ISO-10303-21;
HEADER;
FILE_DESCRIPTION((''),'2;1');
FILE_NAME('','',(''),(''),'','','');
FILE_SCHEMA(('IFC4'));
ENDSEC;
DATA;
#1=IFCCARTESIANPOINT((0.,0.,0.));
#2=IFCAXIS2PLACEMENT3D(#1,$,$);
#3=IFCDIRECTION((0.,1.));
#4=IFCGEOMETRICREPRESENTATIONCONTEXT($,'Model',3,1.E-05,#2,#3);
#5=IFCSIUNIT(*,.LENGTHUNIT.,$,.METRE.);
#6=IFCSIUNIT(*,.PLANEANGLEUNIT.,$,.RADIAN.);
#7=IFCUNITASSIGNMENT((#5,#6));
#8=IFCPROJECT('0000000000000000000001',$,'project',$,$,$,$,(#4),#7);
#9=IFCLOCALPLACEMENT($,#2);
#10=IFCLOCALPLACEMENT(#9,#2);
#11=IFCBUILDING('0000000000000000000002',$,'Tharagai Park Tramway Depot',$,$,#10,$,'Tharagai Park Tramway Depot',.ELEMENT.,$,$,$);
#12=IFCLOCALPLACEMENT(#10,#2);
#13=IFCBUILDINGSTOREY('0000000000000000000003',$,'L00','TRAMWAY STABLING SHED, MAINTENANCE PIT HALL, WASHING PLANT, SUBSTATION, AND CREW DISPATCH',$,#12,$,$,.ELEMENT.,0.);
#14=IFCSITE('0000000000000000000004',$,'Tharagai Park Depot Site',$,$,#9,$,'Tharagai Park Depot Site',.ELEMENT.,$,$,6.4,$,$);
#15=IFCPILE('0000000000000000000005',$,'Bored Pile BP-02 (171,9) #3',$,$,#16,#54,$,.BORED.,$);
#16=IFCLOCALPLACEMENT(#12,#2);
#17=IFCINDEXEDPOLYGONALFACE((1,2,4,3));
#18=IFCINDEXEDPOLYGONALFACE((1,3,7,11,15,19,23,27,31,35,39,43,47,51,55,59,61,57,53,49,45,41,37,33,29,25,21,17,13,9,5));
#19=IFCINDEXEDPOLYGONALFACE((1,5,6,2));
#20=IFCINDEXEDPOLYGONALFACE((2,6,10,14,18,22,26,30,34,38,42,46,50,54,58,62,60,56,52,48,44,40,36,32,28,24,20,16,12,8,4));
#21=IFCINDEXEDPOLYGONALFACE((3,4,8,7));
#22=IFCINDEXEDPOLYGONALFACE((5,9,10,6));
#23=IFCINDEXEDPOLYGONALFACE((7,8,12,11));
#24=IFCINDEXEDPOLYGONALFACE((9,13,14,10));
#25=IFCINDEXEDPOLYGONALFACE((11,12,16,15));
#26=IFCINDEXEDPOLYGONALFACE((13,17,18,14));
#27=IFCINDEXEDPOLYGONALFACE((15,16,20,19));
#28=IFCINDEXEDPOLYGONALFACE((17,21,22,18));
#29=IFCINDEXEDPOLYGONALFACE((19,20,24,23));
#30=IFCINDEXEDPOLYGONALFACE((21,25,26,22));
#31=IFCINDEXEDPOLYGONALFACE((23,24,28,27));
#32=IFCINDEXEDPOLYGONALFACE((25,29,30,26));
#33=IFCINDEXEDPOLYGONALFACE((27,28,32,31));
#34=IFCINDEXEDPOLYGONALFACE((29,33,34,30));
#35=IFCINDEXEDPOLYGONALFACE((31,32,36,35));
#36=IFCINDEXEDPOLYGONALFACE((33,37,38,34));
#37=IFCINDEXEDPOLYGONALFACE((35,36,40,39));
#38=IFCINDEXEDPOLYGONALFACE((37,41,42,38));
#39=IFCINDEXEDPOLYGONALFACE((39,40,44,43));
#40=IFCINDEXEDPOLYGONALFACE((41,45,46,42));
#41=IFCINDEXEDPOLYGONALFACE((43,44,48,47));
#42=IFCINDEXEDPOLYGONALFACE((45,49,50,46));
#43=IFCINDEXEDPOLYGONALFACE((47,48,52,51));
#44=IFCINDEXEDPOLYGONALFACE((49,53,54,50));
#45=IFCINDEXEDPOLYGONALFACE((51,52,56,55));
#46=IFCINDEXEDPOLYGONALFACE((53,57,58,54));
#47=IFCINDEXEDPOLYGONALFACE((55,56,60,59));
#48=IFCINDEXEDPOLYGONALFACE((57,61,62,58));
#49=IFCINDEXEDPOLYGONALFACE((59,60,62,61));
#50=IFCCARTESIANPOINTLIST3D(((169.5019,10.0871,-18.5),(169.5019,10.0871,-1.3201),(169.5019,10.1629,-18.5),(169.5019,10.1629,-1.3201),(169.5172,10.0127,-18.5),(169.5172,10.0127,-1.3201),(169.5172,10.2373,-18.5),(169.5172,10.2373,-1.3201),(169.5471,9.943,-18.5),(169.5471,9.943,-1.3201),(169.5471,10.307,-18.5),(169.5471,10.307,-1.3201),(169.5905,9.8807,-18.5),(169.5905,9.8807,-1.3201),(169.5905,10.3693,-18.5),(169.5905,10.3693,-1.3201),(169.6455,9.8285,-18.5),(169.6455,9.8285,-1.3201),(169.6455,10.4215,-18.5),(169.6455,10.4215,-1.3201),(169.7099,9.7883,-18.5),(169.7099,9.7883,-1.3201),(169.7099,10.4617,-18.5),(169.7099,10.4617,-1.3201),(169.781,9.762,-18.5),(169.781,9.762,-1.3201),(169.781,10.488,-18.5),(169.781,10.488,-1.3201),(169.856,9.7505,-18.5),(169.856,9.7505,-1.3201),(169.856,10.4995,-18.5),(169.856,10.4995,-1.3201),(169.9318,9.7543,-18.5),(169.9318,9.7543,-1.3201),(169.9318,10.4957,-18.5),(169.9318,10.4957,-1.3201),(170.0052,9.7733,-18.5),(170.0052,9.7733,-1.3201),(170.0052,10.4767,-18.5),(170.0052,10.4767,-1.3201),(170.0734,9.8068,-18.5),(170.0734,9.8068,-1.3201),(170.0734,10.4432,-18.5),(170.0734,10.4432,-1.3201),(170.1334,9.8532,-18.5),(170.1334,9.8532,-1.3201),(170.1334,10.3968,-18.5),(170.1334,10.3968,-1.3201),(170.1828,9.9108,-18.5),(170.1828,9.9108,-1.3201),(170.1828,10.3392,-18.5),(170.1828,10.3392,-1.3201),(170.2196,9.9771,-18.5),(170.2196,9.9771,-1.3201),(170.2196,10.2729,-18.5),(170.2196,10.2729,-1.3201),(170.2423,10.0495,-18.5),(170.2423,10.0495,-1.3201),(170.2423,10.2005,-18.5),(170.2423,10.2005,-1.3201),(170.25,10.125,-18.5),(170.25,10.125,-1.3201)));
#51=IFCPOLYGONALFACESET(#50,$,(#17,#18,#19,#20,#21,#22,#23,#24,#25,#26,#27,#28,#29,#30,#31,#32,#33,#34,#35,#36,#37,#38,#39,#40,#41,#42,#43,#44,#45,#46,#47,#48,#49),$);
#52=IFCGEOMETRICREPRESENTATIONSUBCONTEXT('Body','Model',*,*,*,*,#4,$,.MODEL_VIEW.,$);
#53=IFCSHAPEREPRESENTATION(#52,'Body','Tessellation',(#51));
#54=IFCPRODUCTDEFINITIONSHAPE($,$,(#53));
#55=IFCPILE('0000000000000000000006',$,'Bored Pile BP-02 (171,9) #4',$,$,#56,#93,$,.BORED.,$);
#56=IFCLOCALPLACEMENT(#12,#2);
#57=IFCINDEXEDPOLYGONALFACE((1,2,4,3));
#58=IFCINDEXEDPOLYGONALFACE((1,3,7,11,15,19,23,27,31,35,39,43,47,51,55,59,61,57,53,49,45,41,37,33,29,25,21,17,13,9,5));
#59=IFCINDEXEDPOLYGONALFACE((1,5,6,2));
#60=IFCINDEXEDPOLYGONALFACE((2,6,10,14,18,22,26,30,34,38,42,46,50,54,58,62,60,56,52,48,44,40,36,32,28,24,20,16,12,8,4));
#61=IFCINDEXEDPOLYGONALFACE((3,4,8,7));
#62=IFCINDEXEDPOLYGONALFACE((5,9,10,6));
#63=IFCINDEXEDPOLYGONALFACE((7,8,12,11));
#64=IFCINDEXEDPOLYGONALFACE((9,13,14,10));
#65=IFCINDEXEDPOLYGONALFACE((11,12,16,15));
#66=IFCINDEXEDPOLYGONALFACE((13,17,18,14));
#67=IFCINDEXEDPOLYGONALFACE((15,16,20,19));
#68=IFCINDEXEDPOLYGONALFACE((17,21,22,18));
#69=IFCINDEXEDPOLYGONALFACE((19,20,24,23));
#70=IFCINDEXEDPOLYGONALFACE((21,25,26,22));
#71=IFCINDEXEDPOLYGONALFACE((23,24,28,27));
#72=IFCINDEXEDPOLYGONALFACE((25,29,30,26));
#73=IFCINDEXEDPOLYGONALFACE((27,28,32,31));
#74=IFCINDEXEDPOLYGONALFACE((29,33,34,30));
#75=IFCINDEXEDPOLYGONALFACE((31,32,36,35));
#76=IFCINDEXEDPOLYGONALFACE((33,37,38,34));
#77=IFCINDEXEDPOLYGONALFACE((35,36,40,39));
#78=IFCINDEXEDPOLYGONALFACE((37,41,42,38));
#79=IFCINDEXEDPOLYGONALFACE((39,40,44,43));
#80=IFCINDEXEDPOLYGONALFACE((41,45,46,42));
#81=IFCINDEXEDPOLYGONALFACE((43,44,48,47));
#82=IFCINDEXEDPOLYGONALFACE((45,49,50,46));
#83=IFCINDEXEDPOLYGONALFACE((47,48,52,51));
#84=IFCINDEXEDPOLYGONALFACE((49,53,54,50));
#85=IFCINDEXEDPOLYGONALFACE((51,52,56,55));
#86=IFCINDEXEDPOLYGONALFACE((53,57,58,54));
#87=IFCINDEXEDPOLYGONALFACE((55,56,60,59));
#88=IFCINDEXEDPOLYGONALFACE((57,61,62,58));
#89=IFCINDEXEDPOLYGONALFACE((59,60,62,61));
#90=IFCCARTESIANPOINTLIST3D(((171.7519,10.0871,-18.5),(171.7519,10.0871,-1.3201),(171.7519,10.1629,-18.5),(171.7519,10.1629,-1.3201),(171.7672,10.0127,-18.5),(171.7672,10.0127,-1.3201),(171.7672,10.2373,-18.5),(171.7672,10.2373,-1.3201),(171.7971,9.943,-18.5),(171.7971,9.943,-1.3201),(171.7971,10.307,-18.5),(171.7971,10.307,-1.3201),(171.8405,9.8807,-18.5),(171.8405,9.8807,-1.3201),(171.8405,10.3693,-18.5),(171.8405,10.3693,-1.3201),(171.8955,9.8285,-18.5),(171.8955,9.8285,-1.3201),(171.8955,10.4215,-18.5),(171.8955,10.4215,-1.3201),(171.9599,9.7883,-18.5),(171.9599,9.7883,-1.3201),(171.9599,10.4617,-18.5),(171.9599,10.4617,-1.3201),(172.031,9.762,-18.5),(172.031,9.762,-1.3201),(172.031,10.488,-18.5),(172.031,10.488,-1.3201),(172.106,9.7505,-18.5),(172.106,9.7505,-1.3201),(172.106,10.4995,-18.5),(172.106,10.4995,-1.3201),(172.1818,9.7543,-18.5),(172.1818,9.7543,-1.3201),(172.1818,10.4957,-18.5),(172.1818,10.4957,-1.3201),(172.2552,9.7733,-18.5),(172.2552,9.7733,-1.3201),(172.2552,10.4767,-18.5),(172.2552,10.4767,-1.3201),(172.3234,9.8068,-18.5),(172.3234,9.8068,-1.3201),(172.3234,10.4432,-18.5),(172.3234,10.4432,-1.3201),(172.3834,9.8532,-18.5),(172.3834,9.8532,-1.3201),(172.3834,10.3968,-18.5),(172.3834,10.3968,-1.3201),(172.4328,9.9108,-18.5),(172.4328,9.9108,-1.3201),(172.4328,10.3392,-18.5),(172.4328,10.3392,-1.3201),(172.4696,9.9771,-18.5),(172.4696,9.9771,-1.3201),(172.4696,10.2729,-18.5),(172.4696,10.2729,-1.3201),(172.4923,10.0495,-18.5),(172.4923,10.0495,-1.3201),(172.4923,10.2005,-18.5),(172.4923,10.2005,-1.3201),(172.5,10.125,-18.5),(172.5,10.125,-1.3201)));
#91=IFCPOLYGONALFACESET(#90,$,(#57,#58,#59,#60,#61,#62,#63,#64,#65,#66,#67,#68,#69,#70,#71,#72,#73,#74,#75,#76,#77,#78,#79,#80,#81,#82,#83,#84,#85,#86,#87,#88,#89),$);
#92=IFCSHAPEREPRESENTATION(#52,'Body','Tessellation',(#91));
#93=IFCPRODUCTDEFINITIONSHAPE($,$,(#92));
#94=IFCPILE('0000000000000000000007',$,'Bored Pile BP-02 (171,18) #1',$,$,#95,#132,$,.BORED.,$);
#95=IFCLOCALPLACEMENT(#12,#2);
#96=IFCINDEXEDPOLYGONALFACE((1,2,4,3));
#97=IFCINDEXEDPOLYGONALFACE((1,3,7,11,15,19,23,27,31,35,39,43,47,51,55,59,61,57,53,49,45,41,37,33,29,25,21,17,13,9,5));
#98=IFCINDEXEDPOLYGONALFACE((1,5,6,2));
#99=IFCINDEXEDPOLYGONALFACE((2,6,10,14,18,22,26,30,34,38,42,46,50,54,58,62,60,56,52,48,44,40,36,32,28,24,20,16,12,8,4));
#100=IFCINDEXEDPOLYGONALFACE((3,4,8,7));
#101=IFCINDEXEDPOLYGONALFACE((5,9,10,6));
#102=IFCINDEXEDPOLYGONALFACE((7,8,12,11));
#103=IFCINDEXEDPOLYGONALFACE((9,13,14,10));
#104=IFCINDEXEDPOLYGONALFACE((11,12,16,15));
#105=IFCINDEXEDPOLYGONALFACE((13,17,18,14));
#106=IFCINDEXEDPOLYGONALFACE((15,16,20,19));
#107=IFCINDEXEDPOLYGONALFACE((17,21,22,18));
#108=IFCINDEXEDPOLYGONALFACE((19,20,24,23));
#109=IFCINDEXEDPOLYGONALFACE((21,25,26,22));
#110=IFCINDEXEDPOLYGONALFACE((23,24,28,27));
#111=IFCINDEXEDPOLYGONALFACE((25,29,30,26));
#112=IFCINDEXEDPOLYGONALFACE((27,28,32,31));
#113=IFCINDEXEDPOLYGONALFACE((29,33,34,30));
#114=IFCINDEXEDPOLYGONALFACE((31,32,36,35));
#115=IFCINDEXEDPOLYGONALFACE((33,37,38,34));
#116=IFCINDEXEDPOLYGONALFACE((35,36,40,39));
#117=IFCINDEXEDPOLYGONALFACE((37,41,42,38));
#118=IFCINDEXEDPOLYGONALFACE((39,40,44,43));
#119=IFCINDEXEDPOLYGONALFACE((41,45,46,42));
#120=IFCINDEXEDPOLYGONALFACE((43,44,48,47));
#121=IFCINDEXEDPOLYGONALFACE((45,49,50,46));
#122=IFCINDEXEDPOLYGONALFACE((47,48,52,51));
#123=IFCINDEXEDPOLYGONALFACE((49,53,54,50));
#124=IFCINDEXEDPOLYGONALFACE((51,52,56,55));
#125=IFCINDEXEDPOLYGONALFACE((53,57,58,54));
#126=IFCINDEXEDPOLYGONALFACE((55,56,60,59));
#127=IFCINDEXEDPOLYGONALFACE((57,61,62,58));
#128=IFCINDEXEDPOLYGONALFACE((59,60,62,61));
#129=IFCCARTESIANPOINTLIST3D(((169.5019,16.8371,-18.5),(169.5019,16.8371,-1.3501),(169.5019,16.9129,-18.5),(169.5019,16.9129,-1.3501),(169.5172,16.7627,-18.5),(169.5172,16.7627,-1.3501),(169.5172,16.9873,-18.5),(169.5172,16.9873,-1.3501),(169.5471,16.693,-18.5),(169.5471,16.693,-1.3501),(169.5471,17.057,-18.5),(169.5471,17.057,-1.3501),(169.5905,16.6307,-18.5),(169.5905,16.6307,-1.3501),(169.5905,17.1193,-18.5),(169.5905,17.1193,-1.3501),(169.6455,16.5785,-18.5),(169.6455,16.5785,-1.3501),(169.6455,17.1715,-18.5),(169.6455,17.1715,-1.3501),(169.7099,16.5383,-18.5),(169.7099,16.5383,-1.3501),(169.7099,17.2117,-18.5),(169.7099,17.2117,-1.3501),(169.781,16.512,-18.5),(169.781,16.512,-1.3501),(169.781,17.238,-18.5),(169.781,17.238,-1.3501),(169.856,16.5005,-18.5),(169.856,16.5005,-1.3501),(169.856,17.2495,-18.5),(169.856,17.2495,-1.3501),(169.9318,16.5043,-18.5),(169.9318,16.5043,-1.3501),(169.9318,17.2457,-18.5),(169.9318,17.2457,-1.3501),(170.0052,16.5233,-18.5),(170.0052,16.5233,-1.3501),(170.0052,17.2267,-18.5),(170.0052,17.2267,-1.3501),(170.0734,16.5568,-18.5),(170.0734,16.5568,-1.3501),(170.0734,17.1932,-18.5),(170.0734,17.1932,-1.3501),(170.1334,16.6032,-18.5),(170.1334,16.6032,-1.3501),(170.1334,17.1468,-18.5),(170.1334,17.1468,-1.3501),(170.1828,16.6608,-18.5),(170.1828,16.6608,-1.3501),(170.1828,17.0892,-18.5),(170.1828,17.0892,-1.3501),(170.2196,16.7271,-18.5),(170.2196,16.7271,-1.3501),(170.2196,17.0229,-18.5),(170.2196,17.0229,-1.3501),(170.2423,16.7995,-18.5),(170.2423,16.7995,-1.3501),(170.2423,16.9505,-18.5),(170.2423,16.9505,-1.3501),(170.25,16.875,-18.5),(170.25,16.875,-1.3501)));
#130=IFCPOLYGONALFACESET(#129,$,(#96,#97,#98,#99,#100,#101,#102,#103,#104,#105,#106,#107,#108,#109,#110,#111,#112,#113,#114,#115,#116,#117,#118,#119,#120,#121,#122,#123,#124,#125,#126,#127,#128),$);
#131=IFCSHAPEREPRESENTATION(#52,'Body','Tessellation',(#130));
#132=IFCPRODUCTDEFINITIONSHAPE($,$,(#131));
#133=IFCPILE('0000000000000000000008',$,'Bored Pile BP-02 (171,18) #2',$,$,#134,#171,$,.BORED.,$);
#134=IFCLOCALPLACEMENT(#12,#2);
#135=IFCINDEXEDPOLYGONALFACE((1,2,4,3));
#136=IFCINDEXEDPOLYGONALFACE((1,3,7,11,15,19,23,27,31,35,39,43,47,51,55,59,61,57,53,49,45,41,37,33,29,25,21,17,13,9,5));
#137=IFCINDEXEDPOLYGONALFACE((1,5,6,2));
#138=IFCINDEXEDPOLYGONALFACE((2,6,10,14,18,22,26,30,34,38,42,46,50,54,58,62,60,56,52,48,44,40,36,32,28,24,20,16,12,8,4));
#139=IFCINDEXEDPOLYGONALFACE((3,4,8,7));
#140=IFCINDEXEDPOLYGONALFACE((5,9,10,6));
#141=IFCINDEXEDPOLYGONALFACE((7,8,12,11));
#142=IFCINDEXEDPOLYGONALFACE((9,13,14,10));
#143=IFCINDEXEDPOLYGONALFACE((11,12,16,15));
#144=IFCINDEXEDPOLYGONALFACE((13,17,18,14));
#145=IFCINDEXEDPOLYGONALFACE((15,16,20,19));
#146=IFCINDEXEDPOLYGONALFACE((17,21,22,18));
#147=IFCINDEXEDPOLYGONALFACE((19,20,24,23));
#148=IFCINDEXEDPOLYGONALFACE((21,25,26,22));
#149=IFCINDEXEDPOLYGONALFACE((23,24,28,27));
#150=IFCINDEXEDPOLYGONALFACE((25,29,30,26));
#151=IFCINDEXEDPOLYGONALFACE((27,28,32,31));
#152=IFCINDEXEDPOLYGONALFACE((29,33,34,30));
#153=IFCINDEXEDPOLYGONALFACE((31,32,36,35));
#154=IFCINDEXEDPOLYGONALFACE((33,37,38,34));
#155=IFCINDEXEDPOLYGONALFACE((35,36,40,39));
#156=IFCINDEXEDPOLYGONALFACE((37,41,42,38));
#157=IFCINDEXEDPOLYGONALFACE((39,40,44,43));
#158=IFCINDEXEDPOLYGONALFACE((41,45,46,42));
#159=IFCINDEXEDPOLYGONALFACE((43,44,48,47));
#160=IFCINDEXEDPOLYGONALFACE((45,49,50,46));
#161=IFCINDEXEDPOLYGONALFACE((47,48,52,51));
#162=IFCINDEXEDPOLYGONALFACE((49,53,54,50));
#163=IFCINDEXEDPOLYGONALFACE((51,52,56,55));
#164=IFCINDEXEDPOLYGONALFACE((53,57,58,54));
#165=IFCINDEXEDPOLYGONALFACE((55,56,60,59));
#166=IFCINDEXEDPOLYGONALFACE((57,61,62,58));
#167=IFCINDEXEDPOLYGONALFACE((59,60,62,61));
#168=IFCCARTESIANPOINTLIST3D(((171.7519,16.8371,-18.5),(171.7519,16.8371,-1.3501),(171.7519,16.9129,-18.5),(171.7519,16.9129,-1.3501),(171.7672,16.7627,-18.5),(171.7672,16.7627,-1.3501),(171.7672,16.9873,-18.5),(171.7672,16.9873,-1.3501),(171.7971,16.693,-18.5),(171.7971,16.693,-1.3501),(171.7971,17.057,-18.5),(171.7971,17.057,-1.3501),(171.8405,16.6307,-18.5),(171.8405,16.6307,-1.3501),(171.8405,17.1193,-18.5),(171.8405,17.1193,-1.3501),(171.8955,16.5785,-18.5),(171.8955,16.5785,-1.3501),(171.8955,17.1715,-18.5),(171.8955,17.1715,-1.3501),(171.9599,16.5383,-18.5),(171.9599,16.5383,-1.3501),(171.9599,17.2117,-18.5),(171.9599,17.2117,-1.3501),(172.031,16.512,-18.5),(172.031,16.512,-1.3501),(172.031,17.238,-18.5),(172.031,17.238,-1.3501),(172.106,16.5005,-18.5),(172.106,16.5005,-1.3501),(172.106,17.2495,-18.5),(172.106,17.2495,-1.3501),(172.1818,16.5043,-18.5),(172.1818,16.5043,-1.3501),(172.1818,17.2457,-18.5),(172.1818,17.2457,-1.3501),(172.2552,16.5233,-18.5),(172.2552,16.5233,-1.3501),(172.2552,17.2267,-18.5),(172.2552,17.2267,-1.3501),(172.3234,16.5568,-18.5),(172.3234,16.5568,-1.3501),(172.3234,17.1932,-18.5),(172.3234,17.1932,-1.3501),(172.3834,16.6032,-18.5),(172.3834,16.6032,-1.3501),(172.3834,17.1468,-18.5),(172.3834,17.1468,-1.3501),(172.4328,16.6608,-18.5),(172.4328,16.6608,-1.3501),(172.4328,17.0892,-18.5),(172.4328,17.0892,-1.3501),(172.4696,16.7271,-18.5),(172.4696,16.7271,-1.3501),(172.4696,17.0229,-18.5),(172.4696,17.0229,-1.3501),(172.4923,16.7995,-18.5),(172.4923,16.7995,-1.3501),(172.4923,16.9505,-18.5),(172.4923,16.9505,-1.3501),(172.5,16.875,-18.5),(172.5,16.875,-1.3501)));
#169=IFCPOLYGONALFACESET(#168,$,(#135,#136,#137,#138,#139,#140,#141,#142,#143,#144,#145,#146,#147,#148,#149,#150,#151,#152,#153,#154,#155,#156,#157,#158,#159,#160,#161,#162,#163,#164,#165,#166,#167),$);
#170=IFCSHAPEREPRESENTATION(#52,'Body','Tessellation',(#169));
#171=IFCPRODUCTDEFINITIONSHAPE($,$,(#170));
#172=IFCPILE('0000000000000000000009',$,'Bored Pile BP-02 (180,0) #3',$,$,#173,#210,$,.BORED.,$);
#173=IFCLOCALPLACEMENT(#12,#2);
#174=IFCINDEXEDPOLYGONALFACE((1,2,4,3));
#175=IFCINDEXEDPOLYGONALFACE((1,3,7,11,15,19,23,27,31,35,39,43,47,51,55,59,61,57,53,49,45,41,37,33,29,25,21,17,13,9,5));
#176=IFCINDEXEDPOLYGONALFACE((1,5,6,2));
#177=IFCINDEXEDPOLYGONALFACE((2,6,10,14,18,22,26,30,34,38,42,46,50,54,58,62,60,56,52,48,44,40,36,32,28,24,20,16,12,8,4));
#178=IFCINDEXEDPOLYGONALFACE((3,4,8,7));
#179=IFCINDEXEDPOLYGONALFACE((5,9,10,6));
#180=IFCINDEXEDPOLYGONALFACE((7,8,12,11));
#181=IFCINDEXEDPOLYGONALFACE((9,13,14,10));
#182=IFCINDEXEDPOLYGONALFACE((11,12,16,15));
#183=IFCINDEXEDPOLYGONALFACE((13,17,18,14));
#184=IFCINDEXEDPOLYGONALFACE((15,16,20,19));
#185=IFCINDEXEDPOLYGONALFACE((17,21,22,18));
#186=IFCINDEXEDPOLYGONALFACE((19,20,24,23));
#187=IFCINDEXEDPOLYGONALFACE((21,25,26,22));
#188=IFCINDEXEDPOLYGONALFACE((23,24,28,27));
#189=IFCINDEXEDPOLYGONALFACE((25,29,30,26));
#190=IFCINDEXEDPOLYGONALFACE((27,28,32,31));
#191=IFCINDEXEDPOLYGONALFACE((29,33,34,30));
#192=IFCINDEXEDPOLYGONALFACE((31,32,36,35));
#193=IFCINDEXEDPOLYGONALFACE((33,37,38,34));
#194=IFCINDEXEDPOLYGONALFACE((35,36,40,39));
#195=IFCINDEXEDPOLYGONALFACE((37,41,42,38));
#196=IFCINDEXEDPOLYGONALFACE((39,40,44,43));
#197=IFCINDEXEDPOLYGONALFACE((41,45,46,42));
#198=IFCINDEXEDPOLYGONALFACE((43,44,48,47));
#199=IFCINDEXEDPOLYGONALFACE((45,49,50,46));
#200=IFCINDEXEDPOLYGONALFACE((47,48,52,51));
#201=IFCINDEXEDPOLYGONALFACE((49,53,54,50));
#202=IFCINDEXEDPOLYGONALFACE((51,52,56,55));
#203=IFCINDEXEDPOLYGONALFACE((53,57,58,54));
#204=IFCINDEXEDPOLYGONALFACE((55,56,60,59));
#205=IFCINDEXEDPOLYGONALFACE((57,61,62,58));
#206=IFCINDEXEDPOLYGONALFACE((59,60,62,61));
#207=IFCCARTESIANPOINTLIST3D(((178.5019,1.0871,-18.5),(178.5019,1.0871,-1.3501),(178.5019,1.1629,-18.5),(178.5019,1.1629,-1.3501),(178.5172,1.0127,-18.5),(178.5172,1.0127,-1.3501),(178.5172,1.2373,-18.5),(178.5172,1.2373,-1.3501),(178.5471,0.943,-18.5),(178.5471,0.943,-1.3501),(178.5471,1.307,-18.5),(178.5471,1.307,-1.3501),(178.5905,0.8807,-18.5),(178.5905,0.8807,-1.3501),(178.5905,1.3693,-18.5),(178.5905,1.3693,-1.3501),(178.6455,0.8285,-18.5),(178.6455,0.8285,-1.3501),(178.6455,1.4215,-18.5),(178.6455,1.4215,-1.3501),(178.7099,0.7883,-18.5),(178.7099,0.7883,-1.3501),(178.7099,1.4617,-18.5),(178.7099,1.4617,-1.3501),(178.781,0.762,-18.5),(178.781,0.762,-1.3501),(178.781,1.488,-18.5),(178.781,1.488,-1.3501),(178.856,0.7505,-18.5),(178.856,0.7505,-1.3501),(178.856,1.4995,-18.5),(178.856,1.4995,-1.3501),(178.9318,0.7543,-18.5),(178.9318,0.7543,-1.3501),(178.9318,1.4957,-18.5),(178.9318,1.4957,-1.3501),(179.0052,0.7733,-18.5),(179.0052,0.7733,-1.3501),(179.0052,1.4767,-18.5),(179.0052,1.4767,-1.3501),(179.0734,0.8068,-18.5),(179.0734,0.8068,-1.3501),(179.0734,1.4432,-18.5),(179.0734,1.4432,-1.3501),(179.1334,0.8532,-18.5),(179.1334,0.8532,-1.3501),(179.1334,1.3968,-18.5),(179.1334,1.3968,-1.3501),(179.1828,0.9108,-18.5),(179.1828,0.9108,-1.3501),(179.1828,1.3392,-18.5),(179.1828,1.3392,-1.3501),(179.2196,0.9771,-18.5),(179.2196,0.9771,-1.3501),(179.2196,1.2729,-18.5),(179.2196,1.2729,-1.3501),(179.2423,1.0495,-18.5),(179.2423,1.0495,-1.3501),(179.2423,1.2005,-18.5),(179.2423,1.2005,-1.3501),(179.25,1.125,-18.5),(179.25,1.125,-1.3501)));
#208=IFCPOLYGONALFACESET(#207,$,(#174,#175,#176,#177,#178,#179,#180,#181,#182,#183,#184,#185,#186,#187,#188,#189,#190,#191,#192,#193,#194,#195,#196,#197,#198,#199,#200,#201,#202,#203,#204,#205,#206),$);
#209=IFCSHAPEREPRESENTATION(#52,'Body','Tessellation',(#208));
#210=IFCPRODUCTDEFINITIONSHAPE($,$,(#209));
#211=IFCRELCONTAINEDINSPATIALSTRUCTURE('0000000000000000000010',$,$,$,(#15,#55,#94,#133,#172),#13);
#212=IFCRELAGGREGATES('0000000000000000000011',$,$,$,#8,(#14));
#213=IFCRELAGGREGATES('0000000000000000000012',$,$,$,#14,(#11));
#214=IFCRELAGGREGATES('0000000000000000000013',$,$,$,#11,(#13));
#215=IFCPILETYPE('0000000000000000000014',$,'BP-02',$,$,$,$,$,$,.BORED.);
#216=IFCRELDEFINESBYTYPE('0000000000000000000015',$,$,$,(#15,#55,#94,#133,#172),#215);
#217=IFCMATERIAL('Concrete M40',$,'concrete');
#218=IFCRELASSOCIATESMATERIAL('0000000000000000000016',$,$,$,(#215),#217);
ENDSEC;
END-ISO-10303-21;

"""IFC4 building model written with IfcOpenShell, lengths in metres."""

from ifc_helpers import new_model, si_unit, direction, frame, origin, origin_2d, place, context, subcontext, project, spatial, circle, extrude, material, material_profile, profile_set, type_object, element, save


model = new_model("IFC4")

# Units and contexts
model_context = context("Model", 3, precision=1e-05, world=origin(), true_north=direction((0.0, 1.0)))
body_context = subcontext(model_context, "Body", "Model", "MODEL_VIEW")
ifc_project = project(units=[si_unit("LENGTHUNIT", "METRE"), si_unit("PLANEANGLEUNIT", "RADIAN")], contexts=[model_context])

# Site, building, storey
site_placement = place(None, origin())
site = spatial("IfcSite", under=ifc_project, at=site_placement, Name="Tharagai Park Depot Site", LongName="Tharagai Park Depot Site", CompositionType="ELEMENT", RefElevation=6.4)
building_placement = place(site_placement, origin())
building = spatial("IfcBuilding", under=site, at=building_placement, Name="Tharagai Park Tramway Depot", LongName="Tharagai Park Tramway Depot", CompositionType="ELEMENT")
storey_placement = place(building_placement, origin())
storey = spatial("IfcBuildingStorey", under=building, at=storey_placement, Name="L00", Description="TRAMWAY STABLING SHED, MAINTENANCE PIT HALL, WASHING PLANT, SUBSTATION, AND CREW DISPATCH", CompositionType="ELEMENT", Elevation=0.0)

# Piles
ifc_material_1 = material(Name="Concrete M40", Category="concrete")
ifc_material_profile_1 = material_profile(ifc_material_1, circle(Radius=0.375, at=origin_2d()), Name="PILE D750")
ifc_profile_set_1 = profile_set([ifc_material_profile_1], Name="Concrete M40")
pile_type = type_object("IfcPileType", Name="BP-02", PredefinedType="BORED", material=ifc_profile_set_1)
for number, where, z_axis, x_axis, name in (
    (1, (169.875, 10.125, -1.3201), (0.0, 0.0, -1.0), (1.0, 0.0, 0.0), "Bored Pile BP-02 (171,9) #3"),
    (2, (172.125, 10.125, -1.3201), (0.0, 0.0, -1.0), (1.0, 0.0, 0.0), "Bored Pile BP-02 (171,9) #4"),
):
    element("IfcPile", number, at=place(storey_placement, frame(where, z_axis=z_axis, x_axis=x_axis)), inside=storey, type_object=pile_type, Name=name, PredefinedType="BORED", context=body_context, shape_type="SweptSolid", body=[
        extrude(circle(Radius=0.375, at=origin_2d()), origin(), (0.0, 0.0, 1.0), 17.1799),
    ])
for number, where, z_axis, x_axis, name in (
    (3, (169.875, 16.875, -1.3501), (0.0, 0.0, -1.0), (1.0, 0.0, 0.0), "Bored Pile BP-02 (171,18) #1"),
    (4, (172.125, 16.875, -1.3501), (0.0, 0.0, -1.0), (1.0, 0.0, 0.0), "Bored Pile BP-02 (171,18) #2"),
    (5, (178.875, 1.125, -1.3501), (0.0, 0.0, -1.0), (1.0, 0.0, 0.0), "Bored Pile BP-02 (180,0) #3"),
):
    element("IfcPile", number, at=place(storey_placement, frame(where, z_axis=z_axis, x_axis=x_axis)), inside=storey, type_object=pile_type, Name=name, PredefinedType="BORED", context=body_context, shape_type="SweptSolid", body=[
        extrude(circle(Radius=0.375, at=origin_2d()), origin(), (0.0, 0.0, 1.0), 17.1499),
    ])

save(model, "model.ifc")
